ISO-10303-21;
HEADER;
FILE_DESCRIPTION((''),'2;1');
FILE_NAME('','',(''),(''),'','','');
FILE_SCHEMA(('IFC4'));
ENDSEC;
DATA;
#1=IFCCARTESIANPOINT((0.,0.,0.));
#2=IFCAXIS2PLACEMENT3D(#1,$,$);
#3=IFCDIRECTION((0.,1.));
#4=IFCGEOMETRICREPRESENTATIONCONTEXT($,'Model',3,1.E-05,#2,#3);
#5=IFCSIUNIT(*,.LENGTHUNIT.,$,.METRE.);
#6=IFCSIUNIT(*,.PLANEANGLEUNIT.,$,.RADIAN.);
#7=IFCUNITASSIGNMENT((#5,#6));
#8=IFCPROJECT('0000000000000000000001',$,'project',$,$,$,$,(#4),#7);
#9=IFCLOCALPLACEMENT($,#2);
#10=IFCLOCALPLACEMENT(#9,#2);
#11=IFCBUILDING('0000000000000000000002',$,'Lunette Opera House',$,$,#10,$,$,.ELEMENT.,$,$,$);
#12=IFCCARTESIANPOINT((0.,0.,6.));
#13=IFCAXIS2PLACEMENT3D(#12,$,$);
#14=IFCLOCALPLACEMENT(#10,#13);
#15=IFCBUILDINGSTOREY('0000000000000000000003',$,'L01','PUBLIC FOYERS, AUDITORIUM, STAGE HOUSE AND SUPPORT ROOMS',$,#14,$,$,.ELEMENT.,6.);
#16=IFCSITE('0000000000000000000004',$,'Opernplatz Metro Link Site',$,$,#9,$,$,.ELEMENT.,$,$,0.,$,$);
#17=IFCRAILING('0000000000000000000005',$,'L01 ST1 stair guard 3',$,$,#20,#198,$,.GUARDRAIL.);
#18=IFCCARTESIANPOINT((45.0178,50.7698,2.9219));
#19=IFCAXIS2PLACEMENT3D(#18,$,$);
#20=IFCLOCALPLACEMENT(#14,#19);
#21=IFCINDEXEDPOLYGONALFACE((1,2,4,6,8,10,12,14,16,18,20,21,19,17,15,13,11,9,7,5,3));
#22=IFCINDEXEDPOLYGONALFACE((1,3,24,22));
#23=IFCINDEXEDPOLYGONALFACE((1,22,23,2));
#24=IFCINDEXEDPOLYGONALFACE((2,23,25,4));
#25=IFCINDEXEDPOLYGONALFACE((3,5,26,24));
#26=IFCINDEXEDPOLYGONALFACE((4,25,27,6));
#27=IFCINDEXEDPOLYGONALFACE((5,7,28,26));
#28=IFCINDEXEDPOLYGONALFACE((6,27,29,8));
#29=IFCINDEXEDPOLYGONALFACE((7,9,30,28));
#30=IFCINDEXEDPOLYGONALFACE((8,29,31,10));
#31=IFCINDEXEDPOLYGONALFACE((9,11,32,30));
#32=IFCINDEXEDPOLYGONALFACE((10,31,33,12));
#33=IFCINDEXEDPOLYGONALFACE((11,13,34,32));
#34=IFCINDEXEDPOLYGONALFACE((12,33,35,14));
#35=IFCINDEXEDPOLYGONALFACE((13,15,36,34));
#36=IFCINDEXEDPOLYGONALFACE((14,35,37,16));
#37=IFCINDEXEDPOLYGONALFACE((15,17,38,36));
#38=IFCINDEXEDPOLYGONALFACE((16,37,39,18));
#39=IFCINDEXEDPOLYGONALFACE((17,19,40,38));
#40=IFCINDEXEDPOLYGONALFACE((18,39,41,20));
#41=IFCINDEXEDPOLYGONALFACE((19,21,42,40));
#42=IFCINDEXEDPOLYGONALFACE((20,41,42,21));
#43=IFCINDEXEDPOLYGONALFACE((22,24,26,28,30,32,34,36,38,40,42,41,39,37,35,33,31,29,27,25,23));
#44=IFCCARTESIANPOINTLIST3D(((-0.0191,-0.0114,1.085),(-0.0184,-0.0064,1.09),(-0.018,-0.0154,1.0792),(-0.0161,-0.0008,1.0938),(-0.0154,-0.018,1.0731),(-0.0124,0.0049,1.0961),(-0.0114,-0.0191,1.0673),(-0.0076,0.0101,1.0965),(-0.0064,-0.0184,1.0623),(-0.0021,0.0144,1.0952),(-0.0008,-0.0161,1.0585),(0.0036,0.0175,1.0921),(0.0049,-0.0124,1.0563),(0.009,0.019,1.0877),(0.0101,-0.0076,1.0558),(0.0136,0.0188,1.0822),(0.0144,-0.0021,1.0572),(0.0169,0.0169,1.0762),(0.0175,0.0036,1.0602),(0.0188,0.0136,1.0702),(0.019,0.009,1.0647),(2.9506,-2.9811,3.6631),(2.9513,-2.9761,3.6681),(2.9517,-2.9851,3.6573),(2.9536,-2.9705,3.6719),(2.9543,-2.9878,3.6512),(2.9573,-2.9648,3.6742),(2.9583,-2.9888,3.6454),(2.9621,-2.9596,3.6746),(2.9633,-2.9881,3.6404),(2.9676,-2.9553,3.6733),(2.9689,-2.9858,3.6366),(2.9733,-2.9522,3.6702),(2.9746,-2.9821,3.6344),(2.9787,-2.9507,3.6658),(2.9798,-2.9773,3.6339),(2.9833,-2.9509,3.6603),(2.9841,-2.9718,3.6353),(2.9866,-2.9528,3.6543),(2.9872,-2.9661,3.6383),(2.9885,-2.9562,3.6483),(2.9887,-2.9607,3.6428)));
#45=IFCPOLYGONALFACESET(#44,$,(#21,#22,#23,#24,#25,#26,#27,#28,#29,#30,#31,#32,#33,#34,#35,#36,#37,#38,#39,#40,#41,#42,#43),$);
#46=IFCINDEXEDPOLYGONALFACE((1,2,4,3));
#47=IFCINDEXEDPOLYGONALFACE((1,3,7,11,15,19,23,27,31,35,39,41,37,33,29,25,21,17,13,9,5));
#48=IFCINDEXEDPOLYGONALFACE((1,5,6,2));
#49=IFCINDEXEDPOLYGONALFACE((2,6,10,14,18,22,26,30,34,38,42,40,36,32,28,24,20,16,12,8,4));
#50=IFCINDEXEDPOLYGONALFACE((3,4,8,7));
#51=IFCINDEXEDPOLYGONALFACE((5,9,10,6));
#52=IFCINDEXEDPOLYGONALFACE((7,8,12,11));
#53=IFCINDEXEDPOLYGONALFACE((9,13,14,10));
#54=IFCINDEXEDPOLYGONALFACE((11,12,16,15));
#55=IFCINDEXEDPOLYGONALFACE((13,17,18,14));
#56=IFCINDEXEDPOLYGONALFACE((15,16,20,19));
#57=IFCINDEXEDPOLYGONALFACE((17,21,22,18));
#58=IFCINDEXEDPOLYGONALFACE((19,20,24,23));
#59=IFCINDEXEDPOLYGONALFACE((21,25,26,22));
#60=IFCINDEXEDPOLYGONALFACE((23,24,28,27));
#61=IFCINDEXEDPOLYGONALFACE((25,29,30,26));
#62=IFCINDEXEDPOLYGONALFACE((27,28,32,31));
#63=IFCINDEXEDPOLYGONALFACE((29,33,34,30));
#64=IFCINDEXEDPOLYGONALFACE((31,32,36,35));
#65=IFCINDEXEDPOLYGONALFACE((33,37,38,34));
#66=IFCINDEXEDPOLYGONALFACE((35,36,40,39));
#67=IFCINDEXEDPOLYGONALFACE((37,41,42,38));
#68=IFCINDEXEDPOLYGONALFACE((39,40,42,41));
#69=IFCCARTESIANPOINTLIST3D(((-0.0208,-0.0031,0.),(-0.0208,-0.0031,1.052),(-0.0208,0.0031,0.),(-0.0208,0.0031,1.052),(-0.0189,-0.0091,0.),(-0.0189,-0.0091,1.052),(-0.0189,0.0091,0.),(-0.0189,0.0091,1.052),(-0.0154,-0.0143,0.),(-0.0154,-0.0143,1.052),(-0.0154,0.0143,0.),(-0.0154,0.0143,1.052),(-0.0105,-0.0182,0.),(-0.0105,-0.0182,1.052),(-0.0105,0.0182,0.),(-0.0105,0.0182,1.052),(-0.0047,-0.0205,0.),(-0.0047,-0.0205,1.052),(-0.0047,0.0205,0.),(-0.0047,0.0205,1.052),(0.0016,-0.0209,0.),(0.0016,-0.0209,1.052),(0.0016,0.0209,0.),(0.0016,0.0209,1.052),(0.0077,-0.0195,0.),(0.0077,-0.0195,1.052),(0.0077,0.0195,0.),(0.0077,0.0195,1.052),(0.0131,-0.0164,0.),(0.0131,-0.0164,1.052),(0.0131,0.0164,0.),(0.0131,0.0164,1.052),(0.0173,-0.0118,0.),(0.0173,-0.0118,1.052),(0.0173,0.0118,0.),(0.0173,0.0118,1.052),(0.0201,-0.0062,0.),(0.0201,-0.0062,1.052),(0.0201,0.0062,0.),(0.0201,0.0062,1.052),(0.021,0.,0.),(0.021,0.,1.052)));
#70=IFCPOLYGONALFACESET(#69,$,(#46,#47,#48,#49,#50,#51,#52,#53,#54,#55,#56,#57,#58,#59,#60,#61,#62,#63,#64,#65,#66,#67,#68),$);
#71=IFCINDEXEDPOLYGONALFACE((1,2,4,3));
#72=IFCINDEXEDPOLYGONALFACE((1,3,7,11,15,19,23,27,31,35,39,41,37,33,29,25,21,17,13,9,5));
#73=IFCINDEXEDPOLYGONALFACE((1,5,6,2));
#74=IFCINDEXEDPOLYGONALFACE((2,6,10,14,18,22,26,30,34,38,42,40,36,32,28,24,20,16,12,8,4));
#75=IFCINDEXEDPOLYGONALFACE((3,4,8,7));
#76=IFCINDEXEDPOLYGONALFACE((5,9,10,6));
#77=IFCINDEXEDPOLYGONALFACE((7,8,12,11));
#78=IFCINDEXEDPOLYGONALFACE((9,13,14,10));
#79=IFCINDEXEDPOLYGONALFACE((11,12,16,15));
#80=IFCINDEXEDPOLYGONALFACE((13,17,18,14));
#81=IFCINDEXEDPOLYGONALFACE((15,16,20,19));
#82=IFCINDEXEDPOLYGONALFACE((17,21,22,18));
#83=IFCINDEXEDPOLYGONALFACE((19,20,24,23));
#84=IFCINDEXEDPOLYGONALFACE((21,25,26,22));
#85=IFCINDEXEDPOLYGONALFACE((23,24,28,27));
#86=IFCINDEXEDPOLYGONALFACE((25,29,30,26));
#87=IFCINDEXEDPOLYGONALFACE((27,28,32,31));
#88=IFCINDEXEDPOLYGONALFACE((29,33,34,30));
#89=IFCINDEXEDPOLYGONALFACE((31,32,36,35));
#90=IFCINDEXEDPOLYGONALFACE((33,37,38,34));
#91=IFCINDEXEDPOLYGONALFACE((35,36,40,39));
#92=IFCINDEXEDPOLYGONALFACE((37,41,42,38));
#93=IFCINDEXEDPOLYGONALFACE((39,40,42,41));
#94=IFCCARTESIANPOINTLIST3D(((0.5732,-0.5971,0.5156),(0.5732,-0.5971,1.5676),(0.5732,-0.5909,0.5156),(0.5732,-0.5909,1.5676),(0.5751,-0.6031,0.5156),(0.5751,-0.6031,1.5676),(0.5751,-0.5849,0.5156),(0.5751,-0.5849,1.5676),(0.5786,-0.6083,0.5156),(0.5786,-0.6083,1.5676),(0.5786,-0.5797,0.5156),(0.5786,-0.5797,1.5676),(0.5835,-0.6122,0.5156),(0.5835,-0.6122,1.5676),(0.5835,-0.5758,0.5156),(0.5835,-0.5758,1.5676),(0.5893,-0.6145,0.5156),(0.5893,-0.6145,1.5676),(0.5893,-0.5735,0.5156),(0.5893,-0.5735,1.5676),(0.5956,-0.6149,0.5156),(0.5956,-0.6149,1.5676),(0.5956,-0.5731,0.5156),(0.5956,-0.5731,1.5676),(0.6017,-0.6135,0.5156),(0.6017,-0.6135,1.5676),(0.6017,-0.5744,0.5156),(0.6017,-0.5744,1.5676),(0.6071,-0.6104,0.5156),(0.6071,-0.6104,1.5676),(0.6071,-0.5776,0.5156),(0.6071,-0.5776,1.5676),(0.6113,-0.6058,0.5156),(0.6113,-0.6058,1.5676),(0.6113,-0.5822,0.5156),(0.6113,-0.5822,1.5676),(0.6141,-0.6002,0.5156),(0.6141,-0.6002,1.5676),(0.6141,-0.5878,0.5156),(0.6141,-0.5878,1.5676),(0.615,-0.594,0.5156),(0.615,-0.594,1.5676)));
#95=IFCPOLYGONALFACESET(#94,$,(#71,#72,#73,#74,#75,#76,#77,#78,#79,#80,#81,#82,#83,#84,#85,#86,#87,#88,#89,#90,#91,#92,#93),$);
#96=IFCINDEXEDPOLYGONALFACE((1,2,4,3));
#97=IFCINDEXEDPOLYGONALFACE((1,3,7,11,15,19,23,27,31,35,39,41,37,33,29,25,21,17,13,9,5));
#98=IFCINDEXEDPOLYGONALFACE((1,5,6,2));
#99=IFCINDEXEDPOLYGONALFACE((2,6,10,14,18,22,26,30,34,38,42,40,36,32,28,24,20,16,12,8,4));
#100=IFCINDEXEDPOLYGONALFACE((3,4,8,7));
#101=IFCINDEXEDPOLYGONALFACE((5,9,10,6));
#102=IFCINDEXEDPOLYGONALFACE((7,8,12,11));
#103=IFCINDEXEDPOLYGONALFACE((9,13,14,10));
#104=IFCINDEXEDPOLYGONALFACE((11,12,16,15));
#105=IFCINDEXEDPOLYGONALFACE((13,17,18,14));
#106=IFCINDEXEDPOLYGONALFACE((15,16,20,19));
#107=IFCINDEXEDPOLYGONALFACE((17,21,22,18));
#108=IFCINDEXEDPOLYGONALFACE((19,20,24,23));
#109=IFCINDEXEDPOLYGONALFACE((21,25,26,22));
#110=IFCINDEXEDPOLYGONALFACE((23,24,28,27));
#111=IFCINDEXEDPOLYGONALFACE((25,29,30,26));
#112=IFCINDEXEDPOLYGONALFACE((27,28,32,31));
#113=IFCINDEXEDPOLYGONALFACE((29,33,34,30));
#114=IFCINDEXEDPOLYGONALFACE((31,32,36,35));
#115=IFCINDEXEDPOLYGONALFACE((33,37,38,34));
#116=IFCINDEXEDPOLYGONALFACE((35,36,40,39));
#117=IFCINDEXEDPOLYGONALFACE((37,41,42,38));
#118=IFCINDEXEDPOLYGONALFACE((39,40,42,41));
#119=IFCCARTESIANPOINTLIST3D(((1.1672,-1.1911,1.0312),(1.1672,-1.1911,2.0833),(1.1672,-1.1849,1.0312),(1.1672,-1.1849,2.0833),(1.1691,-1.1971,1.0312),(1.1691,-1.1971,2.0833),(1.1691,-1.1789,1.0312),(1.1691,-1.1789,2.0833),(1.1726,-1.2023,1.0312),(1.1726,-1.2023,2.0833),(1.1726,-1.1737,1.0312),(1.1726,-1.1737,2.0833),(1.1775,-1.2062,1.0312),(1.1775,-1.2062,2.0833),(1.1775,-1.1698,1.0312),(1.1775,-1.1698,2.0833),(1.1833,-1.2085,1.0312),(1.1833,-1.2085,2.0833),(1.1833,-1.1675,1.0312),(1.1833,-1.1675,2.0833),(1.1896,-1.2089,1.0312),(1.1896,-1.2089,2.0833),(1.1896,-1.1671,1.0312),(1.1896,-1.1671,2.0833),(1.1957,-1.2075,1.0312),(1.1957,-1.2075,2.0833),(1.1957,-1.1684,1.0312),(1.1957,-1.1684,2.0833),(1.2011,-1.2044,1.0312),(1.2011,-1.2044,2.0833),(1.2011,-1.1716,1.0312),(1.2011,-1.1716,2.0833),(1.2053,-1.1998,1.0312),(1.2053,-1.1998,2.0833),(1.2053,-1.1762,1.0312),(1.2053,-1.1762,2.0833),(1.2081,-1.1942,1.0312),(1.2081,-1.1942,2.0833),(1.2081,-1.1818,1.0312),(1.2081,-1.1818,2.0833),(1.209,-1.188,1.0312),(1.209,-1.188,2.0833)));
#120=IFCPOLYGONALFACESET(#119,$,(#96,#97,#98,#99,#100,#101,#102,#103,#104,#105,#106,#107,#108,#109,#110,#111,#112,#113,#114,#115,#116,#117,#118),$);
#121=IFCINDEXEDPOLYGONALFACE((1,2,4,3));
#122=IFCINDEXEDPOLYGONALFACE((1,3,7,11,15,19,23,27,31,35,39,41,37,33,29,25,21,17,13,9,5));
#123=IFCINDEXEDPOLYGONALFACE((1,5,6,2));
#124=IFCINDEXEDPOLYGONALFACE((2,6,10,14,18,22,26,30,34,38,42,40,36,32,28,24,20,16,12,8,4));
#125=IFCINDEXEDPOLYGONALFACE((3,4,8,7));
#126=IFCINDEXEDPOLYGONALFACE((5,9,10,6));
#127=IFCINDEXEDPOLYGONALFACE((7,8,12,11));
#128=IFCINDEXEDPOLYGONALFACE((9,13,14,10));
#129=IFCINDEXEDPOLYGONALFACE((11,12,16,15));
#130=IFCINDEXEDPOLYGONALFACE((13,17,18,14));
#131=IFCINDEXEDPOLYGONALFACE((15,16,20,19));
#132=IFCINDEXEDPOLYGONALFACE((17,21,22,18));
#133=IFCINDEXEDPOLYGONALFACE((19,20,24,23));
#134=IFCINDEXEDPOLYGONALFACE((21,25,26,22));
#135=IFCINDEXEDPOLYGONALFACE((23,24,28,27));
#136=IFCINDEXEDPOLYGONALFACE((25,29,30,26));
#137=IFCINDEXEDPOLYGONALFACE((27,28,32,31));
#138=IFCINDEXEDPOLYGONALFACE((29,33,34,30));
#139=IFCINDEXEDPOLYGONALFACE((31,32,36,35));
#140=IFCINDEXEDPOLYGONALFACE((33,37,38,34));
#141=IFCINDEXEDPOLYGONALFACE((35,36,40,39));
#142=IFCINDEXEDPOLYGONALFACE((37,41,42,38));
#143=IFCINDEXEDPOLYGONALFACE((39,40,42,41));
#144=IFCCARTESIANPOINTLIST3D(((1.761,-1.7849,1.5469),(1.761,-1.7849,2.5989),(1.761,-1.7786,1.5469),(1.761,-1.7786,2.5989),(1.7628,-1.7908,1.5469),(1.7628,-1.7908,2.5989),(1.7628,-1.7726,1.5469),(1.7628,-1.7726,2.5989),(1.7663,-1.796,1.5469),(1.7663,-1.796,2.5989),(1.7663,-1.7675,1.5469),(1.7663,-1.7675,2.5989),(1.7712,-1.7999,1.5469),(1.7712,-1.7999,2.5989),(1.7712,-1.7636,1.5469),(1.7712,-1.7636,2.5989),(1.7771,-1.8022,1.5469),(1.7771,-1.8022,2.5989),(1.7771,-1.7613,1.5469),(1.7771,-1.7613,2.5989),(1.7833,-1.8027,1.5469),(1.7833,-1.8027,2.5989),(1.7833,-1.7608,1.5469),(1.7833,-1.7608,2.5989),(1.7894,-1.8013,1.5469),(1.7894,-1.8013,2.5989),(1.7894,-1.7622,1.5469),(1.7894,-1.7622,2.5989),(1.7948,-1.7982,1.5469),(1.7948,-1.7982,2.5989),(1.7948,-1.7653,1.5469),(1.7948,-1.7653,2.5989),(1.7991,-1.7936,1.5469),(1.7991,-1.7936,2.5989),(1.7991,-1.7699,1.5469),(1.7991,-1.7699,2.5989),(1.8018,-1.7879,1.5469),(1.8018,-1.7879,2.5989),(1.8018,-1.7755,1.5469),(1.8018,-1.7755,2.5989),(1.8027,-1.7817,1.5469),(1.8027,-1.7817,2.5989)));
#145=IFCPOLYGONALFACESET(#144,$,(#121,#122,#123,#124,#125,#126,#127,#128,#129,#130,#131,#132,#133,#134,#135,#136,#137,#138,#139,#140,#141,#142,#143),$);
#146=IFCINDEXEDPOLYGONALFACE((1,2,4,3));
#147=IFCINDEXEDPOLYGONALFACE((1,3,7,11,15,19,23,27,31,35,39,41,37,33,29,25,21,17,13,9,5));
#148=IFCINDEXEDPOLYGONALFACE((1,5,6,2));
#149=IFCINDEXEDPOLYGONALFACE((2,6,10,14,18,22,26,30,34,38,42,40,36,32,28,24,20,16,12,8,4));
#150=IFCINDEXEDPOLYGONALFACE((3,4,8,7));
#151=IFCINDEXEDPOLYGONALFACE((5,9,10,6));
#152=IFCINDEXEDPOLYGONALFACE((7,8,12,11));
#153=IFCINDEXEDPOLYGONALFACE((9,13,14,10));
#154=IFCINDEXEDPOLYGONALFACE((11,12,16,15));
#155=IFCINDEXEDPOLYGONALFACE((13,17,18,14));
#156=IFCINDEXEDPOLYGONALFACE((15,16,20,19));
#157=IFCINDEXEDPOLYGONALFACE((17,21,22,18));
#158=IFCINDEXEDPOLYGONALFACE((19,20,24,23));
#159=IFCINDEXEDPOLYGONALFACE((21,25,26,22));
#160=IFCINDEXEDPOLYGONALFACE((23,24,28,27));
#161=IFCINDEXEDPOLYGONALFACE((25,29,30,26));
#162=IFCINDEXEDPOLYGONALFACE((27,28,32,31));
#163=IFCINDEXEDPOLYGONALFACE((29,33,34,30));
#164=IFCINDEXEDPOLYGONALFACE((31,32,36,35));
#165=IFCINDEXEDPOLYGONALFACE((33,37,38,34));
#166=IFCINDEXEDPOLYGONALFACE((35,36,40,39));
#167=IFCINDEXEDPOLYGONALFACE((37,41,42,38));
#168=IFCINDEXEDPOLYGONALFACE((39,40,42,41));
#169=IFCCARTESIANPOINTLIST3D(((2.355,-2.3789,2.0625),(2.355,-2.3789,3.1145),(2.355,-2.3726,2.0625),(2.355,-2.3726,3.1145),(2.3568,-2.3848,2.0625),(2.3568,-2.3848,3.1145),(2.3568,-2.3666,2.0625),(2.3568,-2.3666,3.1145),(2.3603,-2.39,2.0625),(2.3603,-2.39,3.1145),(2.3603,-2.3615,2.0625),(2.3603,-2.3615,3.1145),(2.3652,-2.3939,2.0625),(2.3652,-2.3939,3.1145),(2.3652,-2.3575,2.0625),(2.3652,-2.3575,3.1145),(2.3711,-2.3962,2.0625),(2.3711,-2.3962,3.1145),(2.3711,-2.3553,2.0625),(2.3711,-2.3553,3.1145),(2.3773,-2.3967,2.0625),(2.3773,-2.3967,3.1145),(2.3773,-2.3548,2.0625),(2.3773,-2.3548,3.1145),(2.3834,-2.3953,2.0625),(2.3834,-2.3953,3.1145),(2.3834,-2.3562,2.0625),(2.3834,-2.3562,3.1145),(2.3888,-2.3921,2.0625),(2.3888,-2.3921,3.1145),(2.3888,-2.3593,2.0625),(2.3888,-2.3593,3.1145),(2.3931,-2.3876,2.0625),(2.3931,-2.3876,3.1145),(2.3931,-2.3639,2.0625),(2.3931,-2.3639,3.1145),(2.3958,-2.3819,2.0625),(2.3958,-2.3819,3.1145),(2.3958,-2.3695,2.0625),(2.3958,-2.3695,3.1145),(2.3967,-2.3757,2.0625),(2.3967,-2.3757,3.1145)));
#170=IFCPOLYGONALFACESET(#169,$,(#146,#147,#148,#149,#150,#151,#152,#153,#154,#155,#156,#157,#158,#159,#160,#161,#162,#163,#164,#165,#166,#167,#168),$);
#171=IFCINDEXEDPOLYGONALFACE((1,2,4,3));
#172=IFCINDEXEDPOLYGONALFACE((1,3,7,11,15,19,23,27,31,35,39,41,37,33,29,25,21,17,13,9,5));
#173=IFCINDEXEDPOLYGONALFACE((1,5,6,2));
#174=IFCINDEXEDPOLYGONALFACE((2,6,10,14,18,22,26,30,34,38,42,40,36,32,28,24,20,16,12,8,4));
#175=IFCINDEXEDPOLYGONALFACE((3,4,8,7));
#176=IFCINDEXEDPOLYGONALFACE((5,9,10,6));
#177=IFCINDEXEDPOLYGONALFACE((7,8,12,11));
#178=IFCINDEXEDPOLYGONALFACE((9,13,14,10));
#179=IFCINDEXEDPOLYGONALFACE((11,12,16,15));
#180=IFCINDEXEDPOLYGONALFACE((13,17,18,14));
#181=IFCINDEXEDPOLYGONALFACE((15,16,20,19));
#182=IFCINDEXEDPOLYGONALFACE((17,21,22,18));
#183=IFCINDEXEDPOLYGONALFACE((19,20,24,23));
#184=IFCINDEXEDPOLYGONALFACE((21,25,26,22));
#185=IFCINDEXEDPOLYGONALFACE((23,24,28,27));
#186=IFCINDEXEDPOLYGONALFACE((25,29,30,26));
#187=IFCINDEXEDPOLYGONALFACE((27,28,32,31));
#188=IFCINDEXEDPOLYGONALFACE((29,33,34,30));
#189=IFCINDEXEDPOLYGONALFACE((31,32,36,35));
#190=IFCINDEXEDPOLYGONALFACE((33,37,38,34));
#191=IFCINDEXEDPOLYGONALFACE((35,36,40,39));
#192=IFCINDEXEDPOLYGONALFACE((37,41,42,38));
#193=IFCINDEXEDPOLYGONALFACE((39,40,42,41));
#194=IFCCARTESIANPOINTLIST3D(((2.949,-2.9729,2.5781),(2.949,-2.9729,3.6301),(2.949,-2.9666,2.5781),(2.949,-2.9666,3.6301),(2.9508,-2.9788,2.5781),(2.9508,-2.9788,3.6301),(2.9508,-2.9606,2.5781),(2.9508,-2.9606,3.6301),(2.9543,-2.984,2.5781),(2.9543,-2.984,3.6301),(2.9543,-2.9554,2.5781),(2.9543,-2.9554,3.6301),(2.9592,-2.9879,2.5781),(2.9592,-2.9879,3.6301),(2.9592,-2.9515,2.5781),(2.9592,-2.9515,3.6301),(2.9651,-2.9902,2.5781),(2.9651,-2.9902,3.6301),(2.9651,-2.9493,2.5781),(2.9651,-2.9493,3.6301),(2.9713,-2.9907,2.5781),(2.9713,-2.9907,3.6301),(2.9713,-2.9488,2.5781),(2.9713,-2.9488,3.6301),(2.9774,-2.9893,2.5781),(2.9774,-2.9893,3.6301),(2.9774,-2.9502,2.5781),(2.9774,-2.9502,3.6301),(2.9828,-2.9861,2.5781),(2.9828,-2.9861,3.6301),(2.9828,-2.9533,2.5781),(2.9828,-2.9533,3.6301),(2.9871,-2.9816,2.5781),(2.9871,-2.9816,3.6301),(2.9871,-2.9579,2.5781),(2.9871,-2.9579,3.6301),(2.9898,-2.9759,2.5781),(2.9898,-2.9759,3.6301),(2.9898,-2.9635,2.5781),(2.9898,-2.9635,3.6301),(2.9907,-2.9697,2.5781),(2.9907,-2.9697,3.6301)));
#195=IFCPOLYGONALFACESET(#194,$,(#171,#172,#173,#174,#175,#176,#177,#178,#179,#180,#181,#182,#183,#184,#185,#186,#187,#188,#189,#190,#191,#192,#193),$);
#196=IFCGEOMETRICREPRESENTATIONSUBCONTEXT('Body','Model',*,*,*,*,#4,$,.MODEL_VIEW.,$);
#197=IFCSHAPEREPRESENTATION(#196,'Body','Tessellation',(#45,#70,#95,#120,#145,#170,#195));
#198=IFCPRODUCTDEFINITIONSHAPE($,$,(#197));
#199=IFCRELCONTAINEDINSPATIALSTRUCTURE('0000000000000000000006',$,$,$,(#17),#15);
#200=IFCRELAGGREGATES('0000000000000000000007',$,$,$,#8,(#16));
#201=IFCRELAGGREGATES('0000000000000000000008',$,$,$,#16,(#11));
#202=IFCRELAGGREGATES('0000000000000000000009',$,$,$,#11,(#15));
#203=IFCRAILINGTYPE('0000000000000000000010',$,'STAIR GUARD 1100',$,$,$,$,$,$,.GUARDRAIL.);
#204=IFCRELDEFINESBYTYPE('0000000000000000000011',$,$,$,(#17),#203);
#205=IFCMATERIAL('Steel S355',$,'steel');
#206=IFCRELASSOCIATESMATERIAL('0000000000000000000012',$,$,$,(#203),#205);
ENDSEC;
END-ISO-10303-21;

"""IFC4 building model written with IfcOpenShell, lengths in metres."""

from ifc_helpers import new_model, si_unit, direction, frame, origin, origin_2d, place, context, subcontext, project, spatial, circle, extrude, material, type_object, element, save


model = new_model("IFC4")

# Units and contexts
model_context = context("Model", 3, precision=1e-05, world=origin(), true_north=direction((0.0, 1.0)))
body_context = subcontext(model_context, "Body", "Model", "MODEL_VIEW")
ifc_project = project(units=[si_unit("LENGTHUNIT", "METRE"), si_unit("PLANEANGLEUNIT", "RADIAN")], contexts=[model_context])

# Site, building, storey
site_placement = place(None, origin())
site = spatial("IfcSite", under=ifc_project, at=site_placement, Name="Opernplatz Metro Link Site", CompositionType="ELEMENT", RefElevation=0.0)
building_placement = place(site_placement, origin())
building = spatial("IfcBuilding", under=site, at=building_placement, Name="Lunette Opera House", CompositionType="ELEMENT")
storey_placement = place(building_placement, frame((0.0, 0.0, 6.0)))
storey = spatial("IfcBuildingStorey", under=building, at=storey_placement, Name="L01", Description="PUBLIC FOYERS, AUDITORIUM, STAGE HOUSE AND SUPPORT ROOMS", CompositionType="ELEMENT", Elevation=6.0)

# Railing
ifc_material_1 = material(Name="Steel S355", Category="steel")
railing_type_1 = type_object("IfcRailingType", Name="STAIR GUARD 1100", PredefinedType="GUARDRAIL", material=ifc_material_1)
railing_1_placement = place(storey_placement, frame((45.0178, 50.7698, 2.9219)))
element("IfcRailing", 1, at=railing_1_placement, inside=storey, type_object=railing_type_1, Name="L01 ST1 stair guard 3", PredefinedType="GUARDRAIL", context=body_context, shape_type="SweptSolid", body=[
    extrude(circle(Radius=0.0239, at=origin_2d()), frame((0.0, 0.0, 1.0762), z_axis=(0.602622, -0.602622, 0.523157), x_axis=(0.707107, 0.707107, 0.0)), (0.0, 0.0, 1.0), 4.928),
    extrude(circle(Radius=0.021, at=origin_2d()), origin(), (0.0, 0.0, 1.0), 1.052),
    extrude(circle(Radius=0.021, at=origin_2d()), frame((0.594, -0.594, 0.5156)), (0.0, 0.0, 1.0), 1.052),
    extrude(circle(Radius=0.021, at=origin_2d()), frame((1.188, -1.188, 1.0312)), (0.0, 0.0, 1.0), 1.052),
    extrude(circle(Radius=0.021, at=origin_2d()), frame((1.7817, -1.7817, 1.5469)), (0.0, 0.0, 1.0), 1.052),
    extrude(circle(Radius=0.021, at=origin_2d()), frame((2.3757, -2.3757, 2.0625)), (0.0, 0.0, 1.0), 1.052),
    extrude(circle(Radius=0.021, at=origin_2d()), frame((2.9697, -2.9697, 2.5781)), (0.0, 0.0, 1.0), 1.052),
])

save(model, "model.ifc")
